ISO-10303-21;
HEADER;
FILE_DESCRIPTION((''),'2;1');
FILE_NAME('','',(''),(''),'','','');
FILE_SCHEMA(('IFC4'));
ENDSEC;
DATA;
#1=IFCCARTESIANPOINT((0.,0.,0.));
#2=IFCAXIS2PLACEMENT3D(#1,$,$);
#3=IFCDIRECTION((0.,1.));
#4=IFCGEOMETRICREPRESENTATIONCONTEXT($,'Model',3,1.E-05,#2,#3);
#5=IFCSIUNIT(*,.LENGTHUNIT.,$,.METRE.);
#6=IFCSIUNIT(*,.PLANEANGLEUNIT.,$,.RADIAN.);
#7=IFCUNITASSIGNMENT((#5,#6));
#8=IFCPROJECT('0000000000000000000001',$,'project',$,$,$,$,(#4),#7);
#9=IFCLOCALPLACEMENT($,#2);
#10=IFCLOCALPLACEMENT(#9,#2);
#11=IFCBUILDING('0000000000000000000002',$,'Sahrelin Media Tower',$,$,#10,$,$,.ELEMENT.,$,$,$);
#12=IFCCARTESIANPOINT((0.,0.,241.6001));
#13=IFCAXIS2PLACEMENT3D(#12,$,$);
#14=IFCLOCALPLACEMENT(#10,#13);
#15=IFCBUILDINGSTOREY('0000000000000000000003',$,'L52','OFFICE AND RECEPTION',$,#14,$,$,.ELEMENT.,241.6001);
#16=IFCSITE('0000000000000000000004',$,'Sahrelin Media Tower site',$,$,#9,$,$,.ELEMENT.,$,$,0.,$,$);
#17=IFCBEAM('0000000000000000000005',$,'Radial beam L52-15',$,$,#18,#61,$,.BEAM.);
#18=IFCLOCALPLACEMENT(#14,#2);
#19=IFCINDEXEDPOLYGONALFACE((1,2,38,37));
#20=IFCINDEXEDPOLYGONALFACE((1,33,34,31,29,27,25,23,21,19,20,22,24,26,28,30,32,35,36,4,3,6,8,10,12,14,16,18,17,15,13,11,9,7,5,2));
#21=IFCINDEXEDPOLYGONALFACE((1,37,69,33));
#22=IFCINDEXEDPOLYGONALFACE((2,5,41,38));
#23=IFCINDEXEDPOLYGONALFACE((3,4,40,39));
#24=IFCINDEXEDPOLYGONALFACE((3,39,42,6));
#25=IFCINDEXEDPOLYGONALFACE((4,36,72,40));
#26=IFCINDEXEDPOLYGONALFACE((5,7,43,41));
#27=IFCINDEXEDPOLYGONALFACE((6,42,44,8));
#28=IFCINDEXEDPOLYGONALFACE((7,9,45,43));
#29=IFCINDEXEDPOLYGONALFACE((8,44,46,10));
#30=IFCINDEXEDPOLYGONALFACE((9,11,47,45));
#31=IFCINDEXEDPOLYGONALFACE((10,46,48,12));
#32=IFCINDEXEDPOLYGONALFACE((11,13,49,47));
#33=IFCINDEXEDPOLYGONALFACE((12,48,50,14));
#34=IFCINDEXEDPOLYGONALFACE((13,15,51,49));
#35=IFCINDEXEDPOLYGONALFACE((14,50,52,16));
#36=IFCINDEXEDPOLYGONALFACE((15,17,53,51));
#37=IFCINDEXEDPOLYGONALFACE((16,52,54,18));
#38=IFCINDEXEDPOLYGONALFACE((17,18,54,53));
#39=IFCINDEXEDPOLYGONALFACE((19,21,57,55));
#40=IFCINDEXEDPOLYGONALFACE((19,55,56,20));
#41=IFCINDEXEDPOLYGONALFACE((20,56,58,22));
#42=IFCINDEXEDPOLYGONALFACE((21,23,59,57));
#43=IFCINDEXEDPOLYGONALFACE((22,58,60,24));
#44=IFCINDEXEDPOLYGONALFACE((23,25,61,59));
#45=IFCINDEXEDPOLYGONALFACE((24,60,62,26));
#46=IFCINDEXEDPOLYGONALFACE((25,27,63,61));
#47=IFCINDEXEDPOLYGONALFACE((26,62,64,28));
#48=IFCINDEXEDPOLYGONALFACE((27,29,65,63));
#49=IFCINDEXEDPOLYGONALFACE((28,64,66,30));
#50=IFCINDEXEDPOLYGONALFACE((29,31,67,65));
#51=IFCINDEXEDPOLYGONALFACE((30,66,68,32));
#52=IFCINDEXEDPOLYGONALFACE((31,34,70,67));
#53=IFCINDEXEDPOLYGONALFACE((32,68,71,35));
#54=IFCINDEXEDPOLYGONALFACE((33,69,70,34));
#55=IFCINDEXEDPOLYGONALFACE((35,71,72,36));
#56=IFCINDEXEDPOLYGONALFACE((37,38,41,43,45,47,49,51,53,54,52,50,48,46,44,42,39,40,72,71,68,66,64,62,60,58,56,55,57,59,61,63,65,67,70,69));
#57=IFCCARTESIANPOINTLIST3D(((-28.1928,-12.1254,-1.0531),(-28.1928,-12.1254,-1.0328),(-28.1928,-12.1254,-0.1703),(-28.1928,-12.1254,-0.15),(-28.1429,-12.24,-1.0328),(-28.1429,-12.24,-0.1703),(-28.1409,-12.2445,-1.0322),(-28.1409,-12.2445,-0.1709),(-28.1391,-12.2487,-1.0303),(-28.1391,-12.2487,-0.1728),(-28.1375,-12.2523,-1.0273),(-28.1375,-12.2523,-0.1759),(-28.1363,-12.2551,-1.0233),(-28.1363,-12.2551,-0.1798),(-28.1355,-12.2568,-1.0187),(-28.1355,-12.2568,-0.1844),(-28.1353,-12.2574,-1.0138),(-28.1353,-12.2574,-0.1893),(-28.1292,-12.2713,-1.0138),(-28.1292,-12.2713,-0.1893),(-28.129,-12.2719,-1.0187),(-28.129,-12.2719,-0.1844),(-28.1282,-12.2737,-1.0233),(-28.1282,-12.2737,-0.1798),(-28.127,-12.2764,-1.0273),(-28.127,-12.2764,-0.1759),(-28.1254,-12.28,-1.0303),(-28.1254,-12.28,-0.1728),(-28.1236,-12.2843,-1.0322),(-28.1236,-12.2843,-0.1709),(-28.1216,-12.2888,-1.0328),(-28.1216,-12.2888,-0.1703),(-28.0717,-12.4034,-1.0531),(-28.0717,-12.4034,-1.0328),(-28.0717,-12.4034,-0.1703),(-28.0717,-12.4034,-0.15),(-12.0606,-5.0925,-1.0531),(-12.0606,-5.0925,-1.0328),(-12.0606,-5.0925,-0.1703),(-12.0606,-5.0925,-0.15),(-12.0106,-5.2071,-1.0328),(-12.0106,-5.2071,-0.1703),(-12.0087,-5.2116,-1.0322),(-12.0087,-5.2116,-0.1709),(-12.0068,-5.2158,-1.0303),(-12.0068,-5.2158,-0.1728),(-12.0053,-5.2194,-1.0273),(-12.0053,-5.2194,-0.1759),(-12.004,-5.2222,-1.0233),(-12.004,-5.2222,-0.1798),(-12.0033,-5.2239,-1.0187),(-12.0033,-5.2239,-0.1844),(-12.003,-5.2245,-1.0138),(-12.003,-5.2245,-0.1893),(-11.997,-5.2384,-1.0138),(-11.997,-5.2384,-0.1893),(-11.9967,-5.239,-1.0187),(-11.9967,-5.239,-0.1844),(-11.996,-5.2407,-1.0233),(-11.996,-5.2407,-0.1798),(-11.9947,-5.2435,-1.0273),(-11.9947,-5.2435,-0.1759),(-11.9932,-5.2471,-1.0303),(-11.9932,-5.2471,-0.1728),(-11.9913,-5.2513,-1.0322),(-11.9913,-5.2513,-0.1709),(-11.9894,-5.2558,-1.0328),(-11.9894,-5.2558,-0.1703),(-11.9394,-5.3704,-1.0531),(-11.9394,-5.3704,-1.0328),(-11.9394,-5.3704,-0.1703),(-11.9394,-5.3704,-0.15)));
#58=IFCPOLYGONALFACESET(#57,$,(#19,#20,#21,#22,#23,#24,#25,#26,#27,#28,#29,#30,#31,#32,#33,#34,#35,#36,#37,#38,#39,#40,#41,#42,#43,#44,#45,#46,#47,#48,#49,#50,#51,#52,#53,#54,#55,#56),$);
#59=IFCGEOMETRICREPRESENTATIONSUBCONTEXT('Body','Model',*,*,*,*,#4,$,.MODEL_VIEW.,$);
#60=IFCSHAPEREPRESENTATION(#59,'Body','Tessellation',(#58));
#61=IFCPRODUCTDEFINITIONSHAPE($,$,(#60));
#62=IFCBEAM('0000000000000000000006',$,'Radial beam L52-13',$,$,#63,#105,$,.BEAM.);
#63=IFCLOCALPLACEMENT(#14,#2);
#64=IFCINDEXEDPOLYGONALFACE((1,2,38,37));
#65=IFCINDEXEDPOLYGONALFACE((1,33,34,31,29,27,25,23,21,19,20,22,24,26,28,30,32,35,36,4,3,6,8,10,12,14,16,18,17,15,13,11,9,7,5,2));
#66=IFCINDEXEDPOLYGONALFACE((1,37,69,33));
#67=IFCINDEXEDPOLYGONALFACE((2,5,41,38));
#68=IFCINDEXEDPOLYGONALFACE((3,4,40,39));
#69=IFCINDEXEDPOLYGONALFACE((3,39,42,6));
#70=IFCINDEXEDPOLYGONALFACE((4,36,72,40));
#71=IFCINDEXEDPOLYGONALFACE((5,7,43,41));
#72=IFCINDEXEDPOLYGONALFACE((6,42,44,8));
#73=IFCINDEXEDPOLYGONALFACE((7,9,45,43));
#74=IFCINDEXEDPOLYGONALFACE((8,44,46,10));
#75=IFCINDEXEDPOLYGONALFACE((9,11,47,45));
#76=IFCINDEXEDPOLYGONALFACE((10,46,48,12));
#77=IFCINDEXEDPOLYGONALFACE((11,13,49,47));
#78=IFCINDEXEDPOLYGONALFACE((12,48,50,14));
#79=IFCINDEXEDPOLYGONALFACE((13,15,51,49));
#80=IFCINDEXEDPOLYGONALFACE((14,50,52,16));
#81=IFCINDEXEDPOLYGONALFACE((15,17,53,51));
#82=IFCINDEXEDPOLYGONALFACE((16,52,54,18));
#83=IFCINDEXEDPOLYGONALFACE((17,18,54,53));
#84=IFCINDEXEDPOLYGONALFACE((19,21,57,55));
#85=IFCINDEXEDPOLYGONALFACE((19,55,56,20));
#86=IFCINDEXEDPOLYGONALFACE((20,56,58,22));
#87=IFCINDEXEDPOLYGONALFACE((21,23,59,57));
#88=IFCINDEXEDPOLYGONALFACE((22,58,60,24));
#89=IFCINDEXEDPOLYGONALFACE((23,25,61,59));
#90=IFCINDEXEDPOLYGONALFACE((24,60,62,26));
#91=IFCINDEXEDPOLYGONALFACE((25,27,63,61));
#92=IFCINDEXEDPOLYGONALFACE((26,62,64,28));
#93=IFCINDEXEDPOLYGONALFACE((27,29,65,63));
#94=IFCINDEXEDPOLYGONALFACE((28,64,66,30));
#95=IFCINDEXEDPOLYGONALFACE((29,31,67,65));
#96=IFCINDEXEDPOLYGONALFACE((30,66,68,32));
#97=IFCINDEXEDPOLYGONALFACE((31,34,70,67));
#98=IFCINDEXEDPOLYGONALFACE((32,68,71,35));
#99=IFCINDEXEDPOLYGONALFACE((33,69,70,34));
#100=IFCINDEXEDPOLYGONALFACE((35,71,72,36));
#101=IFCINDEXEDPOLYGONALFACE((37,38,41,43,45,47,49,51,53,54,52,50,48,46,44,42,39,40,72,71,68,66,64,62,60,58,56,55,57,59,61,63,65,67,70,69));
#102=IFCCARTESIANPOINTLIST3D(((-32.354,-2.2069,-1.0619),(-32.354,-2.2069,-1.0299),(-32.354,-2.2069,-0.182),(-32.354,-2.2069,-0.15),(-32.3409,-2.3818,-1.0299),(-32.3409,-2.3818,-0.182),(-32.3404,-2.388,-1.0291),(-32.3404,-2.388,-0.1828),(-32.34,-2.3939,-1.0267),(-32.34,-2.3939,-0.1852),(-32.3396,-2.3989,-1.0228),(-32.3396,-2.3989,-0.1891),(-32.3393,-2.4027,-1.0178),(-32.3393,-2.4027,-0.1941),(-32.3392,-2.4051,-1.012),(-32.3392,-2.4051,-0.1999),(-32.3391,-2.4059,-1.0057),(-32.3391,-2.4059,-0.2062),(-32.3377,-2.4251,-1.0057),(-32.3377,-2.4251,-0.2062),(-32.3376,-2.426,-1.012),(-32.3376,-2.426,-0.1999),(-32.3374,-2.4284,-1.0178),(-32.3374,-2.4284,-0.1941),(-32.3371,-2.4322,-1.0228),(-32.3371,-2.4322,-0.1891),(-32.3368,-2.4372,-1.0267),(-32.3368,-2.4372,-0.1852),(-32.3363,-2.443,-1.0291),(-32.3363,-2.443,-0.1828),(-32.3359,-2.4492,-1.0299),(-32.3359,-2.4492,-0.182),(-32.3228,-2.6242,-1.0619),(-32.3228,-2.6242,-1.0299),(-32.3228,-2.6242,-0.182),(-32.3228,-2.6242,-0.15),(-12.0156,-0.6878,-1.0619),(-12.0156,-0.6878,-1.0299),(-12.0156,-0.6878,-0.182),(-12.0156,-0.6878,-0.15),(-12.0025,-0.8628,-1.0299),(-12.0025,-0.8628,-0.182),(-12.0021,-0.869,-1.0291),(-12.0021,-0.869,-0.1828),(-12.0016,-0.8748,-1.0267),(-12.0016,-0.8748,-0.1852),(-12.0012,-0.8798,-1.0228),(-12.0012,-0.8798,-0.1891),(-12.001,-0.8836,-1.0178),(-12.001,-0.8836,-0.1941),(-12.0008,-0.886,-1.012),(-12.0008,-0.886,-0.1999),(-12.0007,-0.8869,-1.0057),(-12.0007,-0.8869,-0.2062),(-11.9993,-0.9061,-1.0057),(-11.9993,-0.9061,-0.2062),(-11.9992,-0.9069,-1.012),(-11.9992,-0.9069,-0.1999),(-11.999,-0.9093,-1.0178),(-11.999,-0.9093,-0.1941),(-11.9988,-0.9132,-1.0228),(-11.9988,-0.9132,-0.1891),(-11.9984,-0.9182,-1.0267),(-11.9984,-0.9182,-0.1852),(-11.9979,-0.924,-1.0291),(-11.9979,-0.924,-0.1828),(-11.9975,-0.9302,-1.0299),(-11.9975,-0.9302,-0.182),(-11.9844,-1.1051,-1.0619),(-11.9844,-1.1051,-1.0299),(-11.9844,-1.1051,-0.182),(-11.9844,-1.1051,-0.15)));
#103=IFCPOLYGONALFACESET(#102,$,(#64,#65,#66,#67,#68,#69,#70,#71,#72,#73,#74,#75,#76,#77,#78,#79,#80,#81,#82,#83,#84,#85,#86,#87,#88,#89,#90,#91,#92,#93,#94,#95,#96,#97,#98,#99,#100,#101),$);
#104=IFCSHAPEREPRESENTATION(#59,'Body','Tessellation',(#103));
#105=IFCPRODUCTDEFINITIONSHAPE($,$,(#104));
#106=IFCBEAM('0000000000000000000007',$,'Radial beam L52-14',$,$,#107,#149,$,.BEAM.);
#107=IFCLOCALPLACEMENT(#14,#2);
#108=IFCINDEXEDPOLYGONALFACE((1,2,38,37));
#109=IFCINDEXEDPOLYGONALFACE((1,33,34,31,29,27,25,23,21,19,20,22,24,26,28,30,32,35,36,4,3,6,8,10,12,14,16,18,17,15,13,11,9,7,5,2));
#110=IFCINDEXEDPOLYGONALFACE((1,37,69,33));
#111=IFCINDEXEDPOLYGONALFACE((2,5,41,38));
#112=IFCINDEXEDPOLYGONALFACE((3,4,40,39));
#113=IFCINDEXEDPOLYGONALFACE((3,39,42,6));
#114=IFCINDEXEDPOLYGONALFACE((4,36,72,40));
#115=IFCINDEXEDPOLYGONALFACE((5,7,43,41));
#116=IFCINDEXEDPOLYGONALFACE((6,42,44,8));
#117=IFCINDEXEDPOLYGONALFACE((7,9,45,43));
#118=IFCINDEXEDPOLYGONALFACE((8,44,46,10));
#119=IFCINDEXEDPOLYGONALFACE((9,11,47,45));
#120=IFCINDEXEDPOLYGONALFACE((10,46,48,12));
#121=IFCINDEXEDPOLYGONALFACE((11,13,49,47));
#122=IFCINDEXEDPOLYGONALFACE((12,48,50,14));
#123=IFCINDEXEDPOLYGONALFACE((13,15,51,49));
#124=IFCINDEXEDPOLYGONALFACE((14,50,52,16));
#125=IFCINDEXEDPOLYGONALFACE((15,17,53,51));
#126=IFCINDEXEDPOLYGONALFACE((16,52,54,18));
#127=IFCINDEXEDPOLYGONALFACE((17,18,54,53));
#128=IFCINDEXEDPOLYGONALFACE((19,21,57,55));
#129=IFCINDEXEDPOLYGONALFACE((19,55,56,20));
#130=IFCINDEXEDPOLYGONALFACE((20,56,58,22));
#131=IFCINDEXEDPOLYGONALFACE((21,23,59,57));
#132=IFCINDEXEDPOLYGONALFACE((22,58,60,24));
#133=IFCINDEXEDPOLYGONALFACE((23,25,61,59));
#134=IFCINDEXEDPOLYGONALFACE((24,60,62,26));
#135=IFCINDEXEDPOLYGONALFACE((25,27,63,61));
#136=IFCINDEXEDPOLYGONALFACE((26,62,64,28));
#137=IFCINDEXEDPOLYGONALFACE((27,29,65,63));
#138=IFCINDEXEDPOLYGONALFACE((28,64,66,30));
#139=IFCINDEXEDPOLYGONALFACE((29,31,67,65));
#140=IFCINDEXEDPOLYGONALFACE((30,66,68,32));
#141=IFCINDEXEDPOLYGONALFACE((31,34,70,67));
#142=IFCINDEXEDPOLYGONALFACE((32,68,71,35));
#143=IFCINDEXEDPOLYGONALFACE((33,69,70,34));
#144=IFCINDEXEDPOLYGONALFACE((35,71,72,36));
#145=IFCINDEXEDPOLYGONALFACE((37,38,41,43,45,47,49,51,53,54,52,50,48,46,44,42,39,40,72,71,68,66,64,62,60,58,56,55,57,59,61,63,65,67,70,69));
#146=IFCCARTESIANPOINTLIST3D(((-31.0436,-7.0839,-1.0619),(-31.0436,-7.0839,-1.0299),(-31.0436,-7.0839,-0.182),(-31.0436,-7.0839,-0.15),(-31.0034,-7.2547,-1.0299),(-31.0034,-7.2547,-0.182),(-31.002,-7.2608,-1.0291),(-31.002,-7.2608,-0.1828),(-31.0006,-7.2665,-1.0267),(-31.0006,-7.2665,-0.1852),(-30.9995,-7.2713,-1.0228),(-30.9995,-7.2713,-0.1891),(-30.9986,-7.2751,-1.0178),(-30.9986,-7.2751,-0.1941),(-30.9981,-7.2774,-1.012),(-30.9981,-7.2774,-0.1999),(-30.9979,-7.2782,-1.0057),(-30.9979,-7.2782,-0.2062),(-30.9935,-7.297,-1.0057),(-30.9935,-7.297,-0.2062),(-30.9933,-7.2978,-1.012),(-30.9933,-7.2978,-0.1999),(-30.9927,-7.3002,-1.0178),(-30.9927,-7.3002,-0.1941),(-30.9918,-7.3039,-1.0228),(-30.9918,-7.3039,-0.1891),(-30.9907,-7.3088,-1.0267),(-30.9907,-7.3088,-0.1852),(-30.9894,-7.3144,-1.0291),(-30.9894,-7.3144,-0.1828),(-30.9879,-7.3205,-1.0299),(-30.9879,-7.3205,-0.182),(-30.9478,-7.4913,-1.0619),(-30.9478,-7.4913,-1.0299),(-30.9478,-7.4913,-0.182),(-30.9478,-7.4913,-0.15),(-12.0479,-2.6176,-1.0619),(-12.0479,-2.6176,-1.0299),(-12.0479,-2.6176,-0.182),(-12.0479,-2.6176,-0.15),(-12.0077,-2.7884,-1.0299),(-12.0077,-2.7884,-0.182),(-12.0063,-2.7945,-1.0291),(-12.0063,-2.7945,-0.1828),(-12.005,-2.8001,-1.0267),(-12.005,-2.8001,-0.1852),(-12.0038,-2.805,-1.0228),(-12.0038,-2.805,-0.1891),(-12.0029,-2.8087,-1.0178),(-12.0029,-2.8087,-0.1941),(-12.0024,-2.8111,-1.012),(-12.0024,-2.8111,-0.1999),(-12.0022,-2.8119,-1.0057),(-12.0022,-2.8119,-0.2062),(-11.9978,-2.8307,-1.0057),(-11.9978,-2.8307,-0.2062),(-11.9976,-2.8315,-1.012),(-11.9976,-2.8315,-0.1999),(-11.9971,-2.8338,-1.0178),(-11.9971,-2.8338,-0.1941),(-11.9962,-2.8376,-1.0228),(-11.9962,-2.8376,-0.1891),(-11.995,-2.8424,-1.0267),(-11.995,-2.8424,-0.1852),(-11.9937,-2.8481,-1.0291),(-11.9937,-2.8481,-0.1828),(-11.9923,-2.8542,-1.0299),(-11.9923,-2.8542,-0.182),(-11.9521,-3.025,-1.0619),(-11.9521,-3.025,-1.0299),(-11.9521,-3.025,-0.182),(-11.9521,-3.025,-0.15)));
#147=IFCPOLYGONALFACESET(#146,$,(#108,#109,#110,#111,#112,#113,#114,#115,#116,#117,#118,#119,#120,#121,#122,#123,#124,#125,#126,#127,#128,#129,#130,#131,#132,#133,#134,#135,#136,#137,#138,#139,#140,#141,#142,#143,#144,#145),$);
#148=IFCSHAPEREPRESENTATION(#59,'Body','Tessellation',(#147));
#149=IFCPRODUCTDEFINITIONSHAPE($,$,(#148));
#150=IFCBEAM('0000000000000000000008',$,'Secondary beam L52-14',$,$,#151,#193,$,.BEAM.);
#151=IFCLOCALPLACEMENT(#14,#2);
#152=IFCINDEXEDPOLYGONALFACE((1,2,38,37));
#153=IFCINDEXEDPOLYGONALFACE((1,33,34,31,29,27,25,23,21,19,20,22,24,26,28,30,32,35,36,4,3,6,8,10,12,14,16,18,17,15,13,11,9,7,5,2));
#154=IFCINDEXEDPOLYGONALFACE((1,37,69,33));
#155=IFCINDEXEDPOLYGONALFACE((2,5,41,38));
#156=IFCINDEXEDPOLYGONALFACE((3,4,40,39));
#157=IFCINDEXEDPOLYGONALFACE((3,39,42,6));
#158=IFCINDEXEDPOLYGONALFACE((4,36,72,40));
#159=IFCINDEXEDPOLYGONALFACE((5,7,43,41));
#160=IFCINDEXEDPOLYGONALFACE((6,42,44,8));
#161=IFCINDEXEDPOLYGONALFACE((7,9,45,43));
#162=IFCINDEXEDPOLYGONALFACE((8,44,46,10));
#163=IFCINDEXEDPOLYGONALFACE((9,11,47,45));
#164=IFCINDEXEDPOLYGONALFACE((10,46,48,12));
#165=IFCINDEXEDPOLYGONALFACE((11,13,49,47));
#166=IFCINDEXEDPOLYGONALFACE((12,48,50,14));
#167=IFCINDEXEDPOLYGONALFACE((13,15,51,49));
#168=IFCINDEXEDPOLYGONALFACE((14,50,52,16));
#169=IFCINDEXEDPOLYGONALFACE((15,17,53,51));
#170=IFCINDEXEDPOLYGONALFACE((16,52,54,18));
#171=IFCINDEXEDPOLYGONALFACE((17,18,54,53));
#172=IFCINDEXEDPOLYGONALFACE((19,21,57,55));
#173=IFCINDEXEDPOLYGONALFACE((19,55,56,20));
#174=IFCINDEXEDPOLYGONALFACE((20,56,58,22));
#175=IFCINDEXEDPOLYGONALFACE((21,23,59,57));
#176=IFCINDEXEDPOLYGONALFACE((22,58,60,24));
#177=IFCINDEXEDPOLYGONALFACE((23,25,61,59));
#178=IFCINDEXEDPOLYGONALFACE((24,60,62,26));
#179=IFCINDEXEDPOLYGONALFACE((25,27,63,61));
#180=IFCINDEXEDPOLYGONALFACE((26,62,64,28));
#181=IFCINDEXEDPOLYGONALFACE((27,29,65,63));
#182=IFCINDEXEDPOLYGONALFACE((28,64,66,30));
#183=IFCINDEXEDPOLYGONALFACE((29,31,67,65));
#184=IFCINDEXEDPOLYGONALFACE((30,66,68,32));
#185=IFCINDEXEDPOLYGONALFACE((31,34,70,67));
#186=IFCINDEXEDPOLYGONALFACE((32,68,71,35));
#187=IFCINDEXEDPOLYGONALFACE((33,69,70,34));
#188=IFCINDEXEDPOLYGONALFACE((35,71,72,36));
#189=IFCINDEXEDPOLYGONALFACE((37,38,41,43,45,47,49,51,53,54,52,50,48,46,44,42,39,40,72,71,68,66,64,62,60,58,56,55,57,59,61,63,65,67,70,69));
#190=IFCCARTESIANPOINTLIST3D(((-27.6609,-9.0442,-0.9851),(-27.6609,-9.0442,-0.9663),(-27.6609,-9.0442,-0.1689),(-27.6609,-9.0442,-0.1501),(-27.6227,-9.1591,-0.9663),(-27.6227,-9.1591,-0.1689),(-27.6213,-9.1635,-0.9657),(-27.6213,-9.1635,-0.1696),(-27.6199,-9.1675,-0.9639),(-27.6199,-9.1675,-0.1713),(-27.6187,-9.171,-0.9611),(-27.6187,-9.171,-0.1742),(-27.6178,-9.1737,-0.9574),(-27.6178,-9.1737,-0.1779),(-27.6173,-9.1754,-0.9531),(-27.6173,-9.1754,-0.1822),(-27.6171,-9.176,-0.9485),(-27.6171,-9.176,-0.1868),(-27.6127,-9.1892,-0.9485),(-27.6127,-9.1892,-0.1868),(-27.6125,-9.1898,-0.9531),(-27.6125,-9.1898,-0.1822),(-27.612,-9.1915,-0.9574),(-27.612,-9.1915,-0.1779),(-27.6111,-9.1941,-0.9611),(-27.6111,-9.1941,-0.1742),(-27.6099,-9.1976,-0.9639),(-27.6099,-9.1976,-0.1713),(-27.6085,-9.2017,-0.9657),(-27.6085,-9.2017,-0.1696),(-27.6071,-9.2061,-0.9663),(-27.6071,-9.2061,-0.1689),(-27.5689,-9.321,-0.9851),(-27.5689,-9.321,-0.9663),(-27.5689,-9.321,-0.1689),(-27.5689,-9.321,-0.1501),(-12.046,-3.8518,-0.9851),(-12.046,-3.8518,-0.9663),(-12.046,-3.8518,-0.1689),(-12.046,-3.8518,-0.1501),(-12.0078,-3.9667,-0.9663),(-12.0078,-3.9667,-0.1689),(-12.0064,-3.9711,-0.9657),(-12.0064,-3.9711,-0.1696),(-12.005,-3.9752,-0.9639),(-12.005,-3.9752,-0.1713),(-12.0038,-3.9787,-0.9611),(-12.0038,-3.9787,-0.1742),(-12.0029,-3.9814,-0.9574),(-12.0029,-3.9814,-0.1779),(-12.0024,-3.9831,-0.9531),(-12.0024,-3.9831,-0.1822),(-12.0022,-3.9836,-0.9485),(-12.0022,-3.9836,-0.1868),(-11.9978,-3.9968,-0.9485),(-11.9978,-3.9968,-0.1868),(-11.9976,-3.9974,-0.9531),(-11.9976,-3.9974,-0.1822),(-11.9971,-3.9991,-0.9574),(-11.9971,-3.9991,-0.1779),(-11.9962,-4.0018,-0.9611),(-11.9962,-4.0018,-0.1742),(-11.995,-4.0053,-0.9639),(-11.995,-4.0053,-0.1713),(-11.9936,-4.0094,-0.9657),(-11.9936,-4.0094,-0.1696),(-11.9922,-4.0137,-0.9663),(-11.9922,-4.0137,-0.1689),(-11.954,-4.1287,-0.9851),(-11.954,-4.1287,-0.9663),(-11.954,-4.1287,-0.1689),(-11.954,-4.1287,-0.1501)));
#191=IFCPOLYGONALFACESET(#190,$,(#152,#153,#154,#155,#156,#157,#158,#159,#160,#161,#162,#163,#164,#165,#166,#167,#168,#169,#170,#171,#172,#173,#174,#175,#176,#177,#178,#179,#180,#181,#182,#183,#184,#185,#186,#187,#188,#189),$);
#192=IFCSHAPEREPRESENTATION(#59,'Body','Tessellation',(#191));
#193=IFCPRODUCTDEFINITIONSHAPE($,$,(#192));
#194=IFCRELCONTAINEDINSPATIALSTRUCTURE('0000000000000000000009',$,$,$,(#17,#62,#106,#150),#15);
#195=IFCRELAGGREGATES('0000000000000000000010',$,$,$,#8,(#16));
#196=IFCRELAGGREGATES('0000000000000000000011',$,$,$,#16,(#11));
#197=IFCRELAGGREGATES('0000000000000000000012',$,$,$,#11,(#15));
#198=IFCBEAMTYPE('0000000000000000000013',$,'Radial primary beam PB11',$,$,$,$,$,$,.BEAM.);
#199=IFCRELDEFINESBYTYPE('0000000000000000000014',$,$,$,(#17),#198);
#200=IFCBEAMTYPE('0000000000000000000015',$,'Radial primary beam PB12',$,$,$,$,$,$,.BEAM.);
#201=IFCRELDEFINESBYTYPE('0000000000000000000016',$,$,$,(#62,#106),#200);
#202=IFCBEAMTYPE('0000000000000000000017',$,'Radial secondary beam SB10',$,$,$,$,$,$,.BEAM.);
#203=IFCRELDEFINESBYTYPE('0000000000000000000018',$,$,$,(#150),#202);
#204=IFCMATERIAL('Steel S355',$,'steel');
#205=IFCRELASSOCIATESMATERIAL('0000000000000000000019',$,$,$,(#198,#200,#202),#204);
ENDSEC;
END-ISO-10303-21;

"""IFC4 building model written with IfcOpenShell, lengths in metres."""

from ifc_helpers import new_model, si_unit, direction, frame, origin, origin_2d, place, context, subcontext, project, spatial, i_section, extrude, material, material_profile, profile_set, type_object, element, save


model = new_model("IFC4")

# Units and contexts
model_context = context("Model", 3, precision=1e-05, world=origin(), true_north=direction((0.0, 1.0)))
body_context = subcontext(model_context, "Body", "Model", "MODEL_VIEW")
ifc_project = project(units=[si_unit("LENGTHUNIT", "METRE"), si_unit("PLANEANGLEUNIT", "RADIAN")], contexts=[model_context])

# Site, building, storey
site_placement = place(None, origin())
site = spatial("IfcSite", under=ifc_project, at=site_placement, Name="Sahrelin Media Tower site", CompositionType="ELEMENT", RefElevation=0.0)
building_placement = place(site_placement, origin())
building = spatial("IfcBuilding", under=site, at=building_placement, Name="Sahrelin Media Tower", CompositionType="ELEMENT")
storey_placement = place(building_placement, frame((0.0, 0.0, 241.6001)))
storey = spatial("IfcBuildingStorey", under=building, at=storey_placement, Name="L52", Description="OFFICE AND RECEPTION", CompositionType="ELEMENT", Elevation=241.6001)

# Beams
ifc_material_1 = material(Name="Steel S355", Category="steel")
ifc_material_profile_1 = material_profile(ifc_material_1, i_section(OverallWidth=0.3032, OverallDepth=0.9031, WebThickness=0.0151, FlangeThickness=0.0203, FilletRadius=0.019, at=origin_2d()), Name="UB 914x305x201")
ifc_profile_set_1 = profile_set([ifc_material_profile_1], Name="Steel S355")
beam_type_1 = type_object("IfcBeamType", Name="Radial primary beam PB11", PredefinedType="BEAM", material=ifc_profile_set_1)
beam_1_placement = place(storey_placement, frame((-12.0, -5.2314, -0.6016), z_axis=(-0.916677, -0.399629, 0.0), x_axis=(0.399629, -0.916677, 0.0)))
element("IfcBeam", 1, at=beam_1_placement, inside=storey, type_object=beam_type_1, Name="Radial beam L52-15", PredefinedType="BEAM", context=body_context, shape_type="SweptSolid", body=[
    extrude(i_section(OverallWidth=0.3032, OverallDepth=0.9031, WebThickness=0.0151, FlangeThickness=0.0203, FilletRadius=0.019, at=origin_2d()), origin(), (0.0, 0.0, 1.0), 17.5986),
])
ifc_material_profile_2 = material_profile(ifc_material_1, i_section(OverallWidth=0.4185, OverallDepth=0.9119, WebThickness=0.0193, FlangeThickness=0.032, FilletRadius=0.0242, at=origin_2d()), Name="UB 914x419x343")
ifc_profile_set_2 = profile_set([ifc_material_profile_2], Name="Steel S355")
beam_type_2 = type_object("IfcBeamType", Name="Radial primary beam PB12", PredefinedType="BEAM", material=ifc_profile_set_2)
beam_2_placement = place(storey_placement, frame((-12.0, -0.8965, -0.606), z_axis=(-0.997222, -0.074481, 0.0), x_axis=(0.074481, -0.997222, 0.0)))
element("IfcBeam", 2, at=beam_2_placement, inside=storey, type_object=beam_type_2, Name="Radial beam L52-13", PredefinedType="BEAM", context=body_context, shape_type="SweptSolid", body=[
    extrude(i_section(OverallWidth=0.4185, OverallDepth=0.9119, WebThickness=0.0193, FlangeThickness=0.032, FilletRadius=0.0242, at=origin_2d()), origin(), (0.0, 0.0, 1.0), 20.395),
])
beam_3_placement = place(storey_placement, frame((-12.0, -2.8213, -0.606), z_axis=(-0.973454, -0.228882, 0.0), x_axis=(0.228882, -0.973454, 0.0)))
element("IfcBeam", 3, at=beam_3_placement, inside=storey, type_object=beam_type_2, Name="Radial beam L52-14", PredefinedType="BEAM", context=body_context, shape_type="SweptSolid", body=[
    extrude(i_section(OverallWidth=0.4185, OverallDepth=0.9119, WebThickness=0.0193, FlangeThickness=0.032, FilletRadius=0.0242, at=origin_2d()), origin(), (0.0, 0.0, 1.0), 19.5137),
])
ifc_material_profile_3 = material_profile(ifc_material_1, i_section(OverallWidth=0.2917, OverallDepth=0.835, WebThickness=0.0139, FlangeThickness=0.0188, FilletRadius=0.0178, at=origin_2d()), Name="UB 838x292x176")
ifc_profile_set_3 = profile_set([ifc_material_profile_3], Name="Steel S355")
beam_type_3 = type_object("IfcBeamType", Name="Radial secondary beam SB10", PredefinedType="BEAM", material=ifc_profile_set_3)
beam_4_placement = place(storey_placement, frame((-12.0, -3.9902, -0.5676), z_axis=(-0.948913, -0.315538, 0.0), x_axis=(0.315538, -0.948913, 0.0)))
element("IfcBeam", 4, at=beam_4_placement, inside=storey, type_object=beam_type_3, Name="Secondary beam L52-14", PredefinedType="BEAM", context=body_context, shape_type="SweptSolid", body=[
    extrude(i_section(OverallWidth=0.2917, OverallDepth=0.835, WebThickness=0.0139, FlangeThickness=0.0188, FilletRadius=0.0178, at=origin_2d()), origin(), (0.0, 0.0, 1.0), 16.4556),
])

save(model, "model.ifc")
